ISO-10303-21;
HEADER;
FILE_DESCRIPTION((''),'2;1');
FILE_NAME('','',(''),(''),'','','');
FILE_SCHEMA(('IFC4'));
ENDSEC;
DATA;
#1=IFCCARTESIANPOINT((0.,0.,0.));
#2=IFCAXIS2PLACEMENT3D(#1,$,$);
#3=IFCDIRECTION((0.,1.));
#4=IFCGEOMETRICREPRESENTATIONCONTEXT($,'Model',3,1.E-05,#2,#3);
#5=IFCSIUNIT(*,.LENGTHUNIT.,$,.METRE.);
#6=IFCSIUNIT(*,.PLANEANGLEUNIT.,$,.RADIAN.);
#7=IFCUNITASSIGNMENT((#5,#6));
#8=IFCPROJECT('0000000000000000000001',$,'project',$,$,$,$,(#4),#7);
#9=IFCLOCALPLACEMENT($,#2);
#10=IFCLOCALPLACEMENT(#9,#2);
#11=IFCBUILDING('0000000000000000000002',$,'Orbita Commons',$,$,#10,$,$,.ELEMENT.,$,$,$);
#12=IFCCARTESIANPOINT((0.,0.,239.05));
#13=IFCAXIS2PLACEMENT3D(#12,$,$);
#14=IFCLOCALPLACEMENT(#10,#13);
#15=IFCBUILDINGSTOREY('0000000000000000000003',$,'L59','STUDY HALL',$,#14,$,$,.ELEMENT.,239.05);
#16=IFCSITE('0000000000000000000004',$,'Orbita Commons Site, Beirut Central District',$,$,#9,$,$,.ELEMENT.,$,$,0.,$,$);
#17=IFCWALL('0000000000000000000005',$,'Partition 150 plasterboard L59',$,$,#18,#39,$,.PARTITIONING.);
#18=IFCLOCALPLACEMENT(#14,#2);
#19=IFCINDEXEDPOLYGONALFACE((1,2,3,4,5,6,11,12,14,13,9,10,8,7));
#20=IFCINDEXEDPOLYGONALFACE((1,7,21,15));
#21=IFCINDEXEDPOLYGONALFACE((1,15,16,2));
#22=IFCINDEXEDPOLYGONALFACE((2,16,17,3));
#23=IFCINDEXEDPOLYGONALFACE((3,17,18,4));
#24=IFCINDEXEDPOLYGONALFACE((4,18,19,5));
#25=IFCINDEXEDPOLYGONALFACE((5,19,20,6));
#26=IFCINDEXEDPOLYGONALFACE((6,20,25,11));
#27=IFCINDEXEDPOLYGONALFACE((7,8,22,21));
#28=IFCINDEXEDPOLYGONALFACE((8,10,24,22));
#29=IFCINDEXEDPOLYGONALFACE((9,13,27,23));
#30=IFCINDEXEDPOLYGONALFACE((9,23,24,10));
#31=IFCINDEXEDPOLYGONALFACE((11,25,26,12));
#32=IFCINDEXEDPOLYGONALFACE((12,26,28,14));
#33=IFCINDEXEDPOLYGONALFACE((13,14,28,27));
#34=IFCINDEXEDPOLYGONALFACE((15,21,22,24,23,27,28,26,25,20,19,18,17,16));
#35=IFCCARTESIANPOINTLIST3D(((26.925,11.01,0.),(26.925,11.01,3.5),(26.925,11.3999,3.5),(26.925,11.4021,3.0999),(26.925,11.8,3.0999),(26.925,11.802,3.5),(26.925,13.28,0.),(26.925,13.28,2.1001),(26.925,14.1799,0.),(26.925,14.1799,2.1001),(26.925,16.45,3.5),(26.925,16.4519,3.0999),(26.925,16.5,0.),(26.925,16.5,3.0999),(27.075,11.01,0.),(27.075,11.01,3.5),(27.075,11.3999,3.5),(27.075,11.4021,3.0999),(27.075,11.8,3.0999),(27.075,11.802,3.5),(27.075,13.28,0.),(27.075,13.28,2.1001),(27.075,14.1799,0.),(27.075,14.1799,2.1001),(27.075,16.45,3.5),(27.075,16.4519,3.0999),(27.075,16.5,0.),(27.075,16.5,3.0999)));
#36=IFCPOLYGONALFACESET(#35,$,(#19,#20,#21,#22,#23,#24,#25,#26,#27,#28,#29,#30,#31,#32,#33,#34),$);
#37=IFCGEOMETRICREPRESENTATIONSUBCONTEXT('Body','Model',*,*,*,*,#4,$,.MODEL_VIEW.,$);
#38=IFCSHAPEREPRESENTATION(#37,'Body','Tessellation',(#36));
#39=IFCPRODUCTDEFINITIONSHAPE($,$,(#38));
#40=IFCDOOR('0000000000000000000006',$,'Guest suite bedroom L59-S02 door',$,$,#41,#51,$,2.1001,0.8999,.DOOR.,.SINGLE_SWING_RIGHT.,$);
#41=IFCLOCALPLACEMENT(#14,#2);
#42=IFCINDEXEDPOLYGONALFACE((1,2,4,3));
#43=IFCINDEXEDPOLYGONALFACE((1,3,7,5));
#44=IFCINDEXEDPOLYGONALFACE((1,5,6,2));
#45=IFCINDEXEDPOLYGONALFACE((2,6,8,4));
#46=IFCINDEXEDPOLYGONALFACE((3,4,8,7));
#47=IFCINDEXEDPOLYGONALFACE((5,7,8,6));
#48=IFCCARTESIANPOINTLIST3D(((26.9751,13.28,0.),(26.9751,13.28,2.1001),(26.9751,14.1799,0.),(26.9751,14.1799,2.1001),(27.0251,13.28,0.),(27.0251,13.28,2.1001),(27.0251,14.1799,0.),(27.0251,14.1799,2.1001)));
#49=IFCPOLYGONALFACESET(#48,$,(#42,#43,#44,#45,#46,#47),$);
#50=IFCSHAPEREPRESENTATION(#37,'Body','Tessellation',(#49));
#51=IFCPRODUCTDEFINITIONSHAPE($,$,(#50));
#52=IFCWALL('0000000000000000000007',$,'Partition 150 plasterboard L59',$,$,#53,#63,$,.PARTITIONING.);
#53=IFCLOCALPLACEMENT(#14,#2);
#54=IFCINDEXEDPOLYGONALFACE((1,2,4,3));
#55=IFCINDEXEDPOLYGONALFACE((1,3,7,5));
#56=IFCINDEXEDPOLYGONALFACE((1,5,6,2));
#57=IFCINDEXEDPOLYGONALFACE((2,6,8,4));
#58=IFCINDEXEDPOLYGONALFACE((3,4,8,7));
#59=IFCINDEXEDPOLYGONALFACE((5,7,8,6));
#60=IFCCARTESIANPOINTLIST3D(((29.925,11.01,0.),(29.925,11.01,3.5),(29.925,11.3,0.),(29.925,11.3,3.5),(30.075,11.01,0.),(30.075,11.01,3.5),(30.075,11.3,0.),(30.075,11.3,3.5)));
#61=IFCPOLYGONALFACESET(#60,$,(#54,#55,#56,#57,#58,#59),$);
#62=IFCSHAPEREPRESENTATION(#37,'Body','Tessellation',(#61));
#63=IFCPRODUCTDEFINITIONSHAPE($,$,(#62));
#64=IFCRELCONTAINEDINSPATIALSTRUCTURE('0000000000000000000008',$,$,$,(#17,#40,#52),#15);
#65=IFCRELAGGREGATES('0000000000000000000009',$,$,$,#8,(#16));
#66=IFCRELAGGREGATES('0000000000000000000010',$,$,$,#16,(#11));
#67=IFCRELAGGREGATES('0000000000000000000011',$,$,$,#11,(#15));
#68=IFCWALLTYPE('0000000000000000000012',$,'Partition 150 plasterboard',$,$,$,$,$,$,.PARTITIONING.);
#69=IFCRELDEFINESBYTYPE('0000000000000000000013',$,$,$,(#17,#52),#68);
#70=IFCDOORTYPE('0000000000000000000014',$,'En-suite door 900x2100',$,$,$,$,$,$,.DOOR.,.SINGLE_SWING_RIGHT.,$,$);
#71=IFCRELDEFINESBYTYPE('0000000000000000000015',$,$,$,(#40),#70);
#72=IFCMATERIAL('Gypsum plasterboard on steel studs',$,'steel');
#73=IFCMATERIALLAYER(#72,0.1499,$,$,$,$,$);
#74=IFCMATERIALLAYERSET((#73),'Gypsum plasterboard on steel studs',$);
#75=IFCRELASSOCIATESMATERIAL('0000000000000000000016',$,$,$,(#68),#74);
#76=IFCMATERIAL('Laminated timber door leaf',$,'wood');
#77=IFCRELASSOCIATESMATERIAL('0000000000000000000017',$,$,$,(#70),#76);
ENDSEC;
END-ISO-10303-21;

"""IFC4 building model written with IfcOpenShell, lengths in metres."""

from ifc_helpers import new_model, si_unit, direction, frame, frame_2d, origin, place, context, subcontext, project, spatial, polyline, rectangle, outline, extrude, material, layer, layer_set, type_object, element, fill, save


model = new_model("IFC4")

# Units and contexts
model_context = context("Model", 3, precision=1e-05, world=origin(), true_north=direction((0.0, 1.0)))
body_context = subcontext(model_context, "Body", "Model", "MODEL_VIEW")
ifc_project = project(units=[si_unit("LENGTHUNIT", "METRE"), si_unit("PLANEANGLEUNIT", "RADIAN")], contexts=[model_context])

# Site, building, storey
site_placement = place(None, origin())
site = spatial("IfcSite", under=ifc_project, at=site_placement, Name="Orbita Commons Site, Beirut Central District", CompositionType="ELEMENT", RefElevation=0.0)
building_placement = place(site_placement, origin())
building = spatial("IfcBuilding", under=site, at=building_placement, Name="Orbita Commons", CompositionType="ELEMENT")
storey_placement = place(building_placement, frame((0.0, 0.0, 239.05)))
storey = spatial("IfcBuildingStorey", under=building, at=storey_placement, Name="L59", Description="STUDY HALL", CompositionType="ELEMENT", Elevation=239.05)

# Wall, opening, door
ifc_material_1 = material(Name="Gypsum plasterboard on steel studs", Category="steel")
ifc_layer_1 = layer(ifc_material_1, 0.1499)
ifc_layer_set_1 = layer_set([ifc_layer_1], Name="Gypsum plasterboard on steel studs")
wall_type_1 = type_object("IfcWallType", Name="Partition 150 plasterboard", PredefinedType="PARTITIONING", material=ifc_layer_set_1)
wall_1_placement = place(storey_placement, frame((27.0, 11.01, 0.0), z_axis=(0.0, 0.0, 1.0), x_axis=(0.0, 1.0, 0.0)))
wall_1 = element("IfcWall", 1, at=wall_1_placement, inside=storey, type_object=wall_type_1, Name="Partition 150 plasterboard L59", PredefinedType="PARTITIONING", context=body_context, shape_type="SweptSolid", body=[
    extrude(outline(polyline([(0.0, 0.0), (5.49, 0.0), (5.49, 3.0999), (5.4419, 3.0999), (5.4399, 3.5), (0.792, 3.5), (0.79, 3.0999), (0.3921, 3.0999), (0.3899, 3.5), (0.0, 3.5), (0.0, 0.0)])), frame((0.0, 0.075, 0.0), z_axis=(0.0, -1.0, 0.0), x_axis=(1.0, 0.0, 0.0)), (0.0, 0.0, 1.0), 0.1499),
])
opening_placement = place(wall_1_placement, frame((2.27, 0.0, 0.0)))
opening = element("IfcOpeningElement", 2, at=opening_placement, cuts=wall_1, PredefinedType="OPENING", context=body_context, shape_type="SweptSolid", body=[
    extrude(rectangle(XDim=0.8999, YDim=2.1001, at=frame_2d((0.45, 1.05))), frame((0.0, 0.085, 0.0), z_axis=(0.0, -1.0, 0.0), x_axis=(1.0, 0.0, 0.0)), (0.0, 0.0, 1.0), 0.1699),
])
ifc_material_2 = material(Name="Laminated timber door leaf", Category="wood")
door_type = type_object("IfcDoorType", Name="En-suite door 900x2100", OperationType="SINGLE_SWING_RIGHT", PredefinedType="DOOR", material=ifc_material_2)
door_placement = place(opening_placement, origin())
door = element("IfcDoor", 3, at=door_placement, inside=storey, type_object=door_type, Name="Guest suite bedroom L59-S02 door", OperationType="SINGLE_SWING_RIGHT", OverallHeight=2.1001, OverallWidth=0.8999, PredefinedType="DOOR", context=body_context, shape_type="SweptSolid", body=[
    extrude(rectangle(XDim=0.8999, YDim=2.1001, at=frame_2d((0.45, 1.05))), frame((0.0, 0.0249, 0.0), z_axis=(0.0, -1.0, 0.0), x_axis=(1.0, 0.0, 0.0)), (0.0, 0.0, 1.0), 0.05),
])
fill(opening, door)

# Wall
wall_2_placement = place(storey_placement, frame((30.0, 11.3, 0.0), z_axis=(0.0, 0.0, 1.0), x_axis=(0.0, -1.0, 0.0)))
element("IfcWall", 4, at=wall_2_placement, inside=storey, type_object=wall_type_1, Name="Partition 150 plasterboard L59", PredefinedType="PARTITIONING", context=body_context, shape_type="SweptSolid", body=[
    extrude(rectangle(XDim=0.29, YDim=0.1499, at=frame_2d((0.145, 0.0))), origin(), (0.0, 0.0, 1.0), 3.5),
])

save(model, "model.ifc")
